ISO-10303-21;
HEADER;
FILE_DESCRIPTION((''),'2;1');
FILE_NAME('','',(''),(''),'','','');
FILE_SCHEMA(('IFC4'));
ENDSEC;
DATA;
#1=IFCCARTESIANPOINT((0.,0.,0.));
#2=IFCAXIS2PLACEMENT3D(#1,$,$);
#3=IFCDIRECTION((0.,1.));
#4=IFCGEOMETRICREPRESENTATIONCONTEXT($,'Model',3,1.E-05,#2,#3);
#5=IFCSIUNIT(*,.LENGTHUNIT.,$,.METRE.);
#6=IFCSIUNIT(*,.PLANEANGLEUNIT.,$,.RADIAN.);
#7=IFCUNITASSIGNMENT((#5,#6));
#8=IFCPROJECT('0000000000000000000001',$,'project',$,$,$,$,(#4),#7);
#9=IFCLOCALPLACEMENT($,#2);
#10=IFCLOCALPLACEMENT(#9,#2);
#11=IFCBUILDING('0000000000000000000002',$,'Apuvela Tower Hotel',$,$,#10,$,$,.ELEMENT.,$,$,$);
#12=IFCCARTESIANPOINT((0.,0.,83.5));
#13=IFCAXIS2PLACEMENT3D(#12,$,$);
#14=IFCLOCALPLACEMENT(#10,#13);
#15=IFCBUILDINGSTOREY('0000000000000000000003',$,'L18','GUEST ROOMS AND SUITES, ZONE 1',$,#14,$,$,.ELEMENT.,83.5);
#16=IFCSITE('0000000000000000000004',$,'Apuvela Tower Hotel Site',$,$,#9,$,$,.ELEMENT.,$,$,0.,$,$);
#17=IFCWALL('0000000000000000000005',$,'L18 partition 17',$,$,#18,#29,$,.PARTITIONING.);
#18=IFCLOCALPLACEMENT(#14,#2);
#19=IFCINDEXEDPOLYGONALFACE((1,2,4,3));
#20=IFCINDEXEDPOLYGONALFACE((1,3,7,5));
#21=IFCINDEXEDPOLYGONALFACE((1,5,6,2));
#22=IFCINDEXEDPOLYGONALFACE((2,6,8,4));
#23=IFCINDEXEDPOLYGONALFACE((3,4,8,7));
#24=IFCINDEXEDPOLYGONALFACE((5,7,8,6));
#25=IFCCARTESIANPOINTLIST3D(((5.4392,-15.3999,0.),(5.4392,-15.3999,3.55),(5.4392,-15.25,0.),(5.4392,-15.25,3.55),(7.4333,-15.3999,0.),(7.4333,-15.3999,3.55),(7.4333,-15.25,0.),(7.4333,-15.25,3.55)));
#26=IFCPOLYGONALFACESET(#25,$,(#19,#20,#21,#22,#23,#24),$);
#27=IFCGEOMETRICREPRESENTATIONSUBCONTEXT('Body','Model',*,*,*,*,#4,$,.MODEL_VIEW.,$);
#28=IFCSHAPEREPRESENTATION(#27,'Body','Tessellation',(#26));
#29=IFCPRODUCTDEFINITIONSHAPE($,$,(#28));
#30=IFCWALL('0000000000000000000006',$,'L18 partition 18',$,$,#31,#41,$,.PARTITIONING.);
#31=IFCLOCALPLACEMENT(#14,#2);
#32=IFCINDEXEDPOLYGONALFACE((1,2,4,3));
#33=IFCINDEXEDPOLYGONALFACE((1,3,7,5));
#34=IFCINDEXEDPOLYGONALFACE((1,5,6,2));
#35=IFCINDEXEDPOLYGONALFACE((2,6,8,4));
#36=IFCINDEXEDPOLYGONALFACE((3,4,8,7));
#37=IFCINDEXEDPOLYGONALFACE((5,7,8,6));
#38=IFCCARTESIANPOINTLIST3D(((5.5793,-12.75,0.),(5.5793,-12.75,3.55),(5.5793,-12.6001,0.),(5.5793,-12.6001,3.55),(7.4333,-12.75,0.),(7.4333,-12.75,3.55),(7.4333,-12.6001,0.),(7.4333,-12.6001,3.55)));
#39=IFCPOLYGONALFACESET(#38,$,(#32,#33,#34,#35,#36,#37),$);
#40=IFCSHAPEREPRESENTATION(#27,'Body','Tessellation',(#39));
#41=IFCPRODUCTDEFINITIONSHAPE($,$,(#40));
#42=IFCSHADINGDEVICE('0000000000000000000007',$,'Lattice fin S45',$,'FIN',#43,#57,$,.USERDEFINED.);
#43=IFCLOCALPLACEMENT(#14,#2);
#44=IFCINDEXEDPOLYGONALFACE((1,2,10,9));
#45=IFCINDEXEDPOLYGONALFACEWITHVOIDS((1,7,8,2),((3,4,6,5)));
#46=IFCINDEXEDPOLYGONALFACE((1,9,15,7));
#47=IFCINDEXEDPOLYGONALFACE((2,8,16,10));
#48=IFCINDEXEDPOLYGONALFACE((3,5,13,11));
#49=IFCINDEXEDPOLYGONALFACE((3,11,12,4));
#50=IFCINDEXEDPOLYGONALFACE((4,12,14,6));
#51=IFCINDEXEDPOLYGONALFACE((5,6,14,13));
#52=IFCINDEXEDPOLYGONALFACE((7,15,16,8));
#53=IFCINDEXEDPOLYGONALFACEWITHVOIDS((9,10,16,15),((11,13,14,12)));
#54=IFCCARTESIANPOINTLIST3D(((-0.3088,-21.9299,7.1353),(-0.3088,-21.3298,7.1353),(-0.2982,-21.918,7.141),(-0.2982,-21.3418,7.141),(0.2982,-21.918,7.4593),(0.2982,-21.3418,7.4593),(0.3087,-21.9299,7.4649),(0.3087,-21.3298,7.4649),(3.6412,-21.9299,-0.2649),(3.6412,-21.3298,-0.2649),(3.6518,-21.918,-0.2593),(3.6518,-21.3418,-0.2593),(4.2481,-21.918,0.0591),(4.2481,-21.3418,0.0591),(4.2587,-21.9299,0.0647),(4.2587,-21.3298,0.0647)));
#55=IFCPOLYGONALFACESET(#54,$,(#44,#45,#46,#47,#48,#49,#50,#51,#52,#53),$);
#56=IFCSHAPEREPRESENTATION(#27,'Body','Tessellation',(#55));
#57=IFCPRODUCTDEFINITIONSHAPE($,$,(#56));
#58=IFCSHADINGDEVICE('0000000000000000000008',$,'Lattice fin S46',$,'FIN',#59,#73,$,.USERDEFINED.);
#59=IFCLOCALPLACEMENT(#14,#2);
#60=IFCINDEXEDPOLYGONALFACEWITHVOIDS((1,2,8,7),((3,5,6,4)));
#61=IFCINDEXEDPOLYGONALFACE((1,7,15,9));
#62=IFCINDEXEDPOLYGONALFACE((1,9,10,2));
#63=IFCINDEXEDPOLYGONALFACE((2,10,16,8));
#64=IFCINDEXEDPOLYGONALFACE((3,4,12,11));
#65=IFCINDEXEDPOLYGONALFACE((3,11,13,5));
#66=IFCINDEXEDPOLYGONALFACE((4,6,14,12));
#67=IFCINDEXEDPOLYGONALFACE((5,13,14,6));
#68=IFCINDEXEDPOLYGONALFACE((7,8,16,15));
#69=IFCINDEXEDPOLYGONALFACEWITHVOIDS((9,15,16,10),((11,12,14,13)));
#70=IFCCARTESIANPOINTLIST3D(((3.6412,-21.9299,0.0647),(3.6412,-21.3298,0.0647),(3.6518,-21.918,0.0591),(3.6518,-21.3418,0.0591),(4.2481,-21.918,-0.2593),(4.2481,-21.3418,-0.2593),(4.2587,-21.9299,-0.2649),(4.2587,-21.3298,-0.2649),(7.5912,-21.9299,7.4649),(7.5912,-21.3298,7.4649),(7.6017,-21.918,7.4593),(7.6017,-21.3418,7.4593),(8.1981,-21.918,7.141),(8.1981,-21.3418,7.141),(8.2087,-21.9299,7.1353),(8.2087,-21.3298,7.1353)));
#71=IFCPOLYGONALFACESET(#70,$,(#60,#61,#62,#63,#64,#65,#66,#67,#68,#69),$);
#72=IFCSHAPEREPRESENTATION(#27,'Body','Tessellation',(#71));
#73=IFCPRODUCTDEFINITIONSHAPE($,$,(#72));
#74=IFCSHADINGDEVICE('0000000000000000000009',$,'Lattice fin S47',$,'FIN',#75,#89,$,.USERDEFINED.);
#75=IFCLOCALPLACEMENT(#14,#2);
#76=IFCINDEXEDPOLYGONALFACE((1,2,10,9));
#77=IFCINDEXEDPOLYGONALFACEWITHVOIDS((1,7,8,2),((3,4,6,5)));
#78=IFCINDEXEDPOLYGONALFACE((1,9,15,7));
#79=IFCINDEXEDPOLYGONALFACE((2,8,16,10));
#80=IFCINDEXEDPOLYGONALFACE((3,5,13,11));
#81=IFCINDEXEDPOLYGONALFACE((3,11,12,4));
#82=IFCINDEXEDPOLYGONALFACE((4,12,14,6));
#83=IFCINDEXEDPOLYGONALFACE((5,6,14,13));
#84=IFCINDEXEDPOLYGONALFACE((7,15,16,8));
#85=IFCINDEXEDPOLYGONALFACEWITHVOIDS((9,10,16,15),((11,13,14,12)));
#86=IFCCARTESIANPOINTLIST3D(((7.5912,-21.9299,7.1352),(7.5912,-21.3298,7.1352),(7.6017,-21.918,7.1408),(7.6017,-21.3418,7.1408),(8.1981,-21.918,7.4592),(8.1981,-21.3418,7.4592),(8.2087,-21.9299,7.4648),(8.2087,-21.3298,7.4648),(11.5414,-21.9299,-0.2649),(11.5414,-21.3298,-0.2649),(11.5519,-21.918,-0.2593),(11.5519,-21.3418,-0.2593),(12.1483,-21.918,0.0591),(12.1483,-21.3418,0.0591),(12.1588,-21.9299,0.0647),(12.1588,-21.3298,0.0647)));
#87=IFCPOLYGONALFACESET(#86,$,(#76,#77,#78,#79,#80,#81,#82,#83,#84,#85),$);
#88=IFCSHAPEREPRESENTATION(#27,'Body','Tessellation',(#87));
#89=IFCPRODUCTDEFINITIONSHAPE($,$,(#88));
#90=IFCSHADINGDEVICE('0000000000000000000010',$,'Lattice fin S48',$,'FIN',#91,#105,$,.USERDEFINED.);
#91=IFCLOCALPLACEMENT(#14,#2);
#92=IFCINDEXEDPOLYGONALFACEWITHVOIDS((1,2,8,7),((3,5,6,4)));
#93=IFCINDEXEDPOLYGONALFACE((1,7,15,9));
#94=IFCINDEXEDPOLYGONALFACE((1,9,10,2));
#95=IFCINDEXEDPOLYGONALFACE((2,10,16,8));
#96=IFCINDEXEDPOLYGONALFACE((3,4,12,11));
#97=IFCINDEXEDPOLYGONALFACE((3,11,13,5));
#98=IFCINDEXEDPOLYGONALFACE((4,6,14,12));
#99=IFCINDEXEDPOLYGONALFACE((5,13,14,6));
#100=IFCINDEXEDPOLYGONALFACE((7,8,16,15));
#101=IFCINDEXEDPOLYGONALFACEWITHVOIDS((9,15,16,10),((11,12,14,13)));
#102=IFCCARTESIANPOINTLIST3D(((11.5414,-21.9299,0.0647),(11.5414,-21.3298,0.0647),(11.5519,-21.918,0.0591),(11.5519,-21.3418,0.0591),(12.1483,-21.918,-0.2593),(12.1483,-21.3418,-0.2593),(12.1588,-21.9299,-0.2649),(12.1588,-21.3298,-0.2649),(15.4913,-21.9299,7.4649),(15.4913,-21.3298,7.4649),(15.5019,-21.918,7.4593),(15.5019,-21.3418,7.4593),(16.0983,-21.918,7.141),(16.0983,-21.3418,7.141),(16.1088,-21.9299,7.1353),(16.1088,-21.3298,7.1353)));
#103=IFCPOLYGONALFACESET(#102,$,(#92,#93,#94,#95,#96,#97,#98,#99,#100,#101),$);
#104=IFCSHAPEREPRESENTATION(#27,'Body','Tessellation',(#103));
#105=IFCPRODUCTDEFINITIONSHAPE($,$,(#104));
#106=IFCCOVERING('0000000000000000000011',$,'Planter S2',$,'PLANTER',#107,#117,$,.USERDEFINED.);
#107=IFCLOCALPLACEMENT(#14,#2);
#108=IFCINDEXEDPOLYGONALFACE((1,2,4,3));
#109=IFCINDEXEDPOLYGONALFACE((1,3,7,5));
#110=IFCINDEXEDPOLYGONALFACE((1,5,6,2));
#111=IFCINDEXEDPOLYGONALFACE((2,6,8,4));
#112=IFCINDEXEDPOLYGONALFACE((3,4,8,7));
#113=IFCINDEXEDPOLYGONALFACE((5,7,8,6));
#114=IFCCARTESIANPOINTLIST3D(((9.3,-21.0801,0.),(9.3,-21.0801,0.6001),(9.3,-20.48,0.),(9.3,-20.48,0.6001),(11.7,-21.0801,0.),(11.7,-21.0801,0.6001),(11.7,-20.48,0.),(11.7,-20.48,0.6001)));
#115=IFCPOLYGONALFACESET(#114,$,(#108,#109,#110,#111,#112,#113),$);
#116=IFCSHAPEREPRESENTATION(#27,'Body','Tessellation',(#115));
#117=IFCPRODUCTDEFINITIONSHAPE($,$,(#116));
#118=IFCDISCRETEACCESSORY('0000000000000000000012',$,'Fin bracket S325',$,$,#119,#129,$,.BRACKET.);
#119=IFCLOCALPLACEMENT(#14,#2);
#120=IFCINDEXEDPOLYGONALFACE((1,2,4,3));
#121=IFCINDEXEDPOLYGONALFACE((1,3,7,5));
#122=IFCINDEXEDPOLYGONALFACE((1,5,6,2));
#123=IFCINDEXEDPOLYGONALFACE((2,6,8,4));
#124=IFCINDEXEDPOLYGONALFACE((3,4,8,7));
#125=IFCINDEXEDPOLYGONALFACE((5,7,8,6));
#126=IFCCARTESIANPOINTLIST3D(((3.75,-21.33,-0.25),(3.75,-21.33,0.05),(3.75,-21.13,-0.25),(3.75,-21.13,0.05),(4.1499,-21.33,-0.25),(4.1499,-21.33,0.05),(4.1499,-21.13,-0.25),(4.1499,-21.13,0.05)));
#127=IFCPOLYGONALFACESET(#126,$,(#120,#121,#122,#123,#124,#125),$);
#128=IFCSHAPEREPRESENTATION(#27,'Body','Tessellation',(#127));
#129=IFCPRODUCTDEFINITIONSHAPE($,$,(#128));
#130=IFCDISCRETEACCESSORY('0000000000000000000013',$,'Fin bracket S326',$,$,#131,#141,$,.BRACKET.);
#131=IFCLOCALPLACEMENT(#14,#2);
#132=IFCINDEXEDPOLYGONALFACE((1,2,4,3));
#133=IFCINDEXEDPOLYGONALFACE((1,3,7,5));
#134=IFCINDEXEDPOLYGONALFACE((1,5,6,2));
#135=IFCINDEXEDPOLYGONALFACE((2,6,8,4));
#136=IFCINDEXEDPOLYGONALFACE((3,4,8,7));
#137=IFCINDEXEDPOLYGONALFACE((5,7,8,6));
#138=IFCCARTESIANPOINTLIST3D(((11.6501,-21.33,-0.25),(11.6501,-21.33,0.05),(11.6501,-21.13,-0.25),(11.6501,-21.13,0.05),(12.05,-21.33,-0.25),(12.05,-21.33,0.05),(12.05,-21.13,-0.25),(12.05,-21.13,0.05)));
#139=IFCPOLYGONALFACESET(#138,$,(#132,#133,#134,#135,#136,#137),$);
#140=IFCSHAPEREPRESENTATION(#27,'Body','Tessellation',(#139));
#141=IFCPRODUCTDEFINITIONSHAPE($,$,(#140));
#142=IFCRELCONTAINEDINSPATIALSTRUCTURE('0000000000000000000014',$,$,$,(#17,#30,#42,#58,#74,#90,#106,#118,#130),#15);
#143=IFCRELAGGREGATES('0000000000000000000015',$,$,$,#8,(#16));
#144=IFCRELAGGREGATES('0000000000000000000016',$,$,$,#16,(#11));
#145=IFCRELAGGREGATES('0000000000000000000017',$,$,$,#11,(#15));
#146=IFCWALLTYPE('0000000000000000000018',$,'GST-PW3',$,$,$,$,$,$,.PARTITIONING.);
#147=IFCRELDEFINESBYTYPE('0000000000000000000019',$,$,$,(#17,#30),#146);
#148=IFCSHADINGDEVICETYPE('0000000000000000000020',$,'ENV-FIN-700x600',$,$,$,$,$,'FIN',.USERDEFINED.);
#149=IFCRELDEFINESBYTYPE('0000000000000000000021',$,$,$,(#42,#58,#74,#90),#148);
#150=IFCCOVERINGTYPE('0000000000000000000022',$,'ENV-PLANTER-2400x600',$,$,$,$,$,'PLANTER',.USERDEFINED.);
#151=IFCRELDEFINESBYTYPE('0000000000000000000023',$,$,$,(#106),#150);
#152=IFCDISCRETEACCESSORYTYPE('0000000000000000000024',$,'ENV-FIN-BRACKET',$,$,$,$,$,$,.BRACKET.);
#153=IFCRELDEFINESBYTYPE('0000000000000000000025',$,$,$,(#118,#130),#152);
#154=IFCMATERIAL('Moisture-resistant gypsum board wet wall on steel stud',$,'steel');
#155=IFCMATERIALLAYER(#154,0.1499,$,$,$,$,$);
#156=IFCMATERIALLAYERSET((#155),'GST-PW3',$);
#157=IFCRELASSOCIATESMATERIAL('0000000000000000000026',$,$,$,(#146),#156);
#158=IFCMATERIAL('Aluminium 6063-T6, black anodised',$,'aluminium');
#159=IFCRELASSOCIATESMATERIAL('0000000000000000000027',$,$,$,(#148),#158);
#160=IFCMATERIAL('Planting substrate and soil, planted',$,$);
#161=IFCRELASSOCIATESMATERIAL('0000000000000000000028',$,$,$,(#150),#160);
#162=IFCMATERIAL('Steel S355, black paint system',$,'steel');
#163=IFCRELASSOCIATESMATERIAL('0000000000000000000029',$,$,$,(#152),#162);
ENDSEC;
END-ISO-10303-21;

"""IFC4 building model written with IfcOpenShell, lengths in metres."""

from ifc_helpers import new_model, si_unit, direction, frame, frame_2d, origin, origin_2d, place, context, subcontext, project, spatial, rectangle, hollow_rectangle, extrude, material, layer, layer_set, material_profile, profile_set, type_object, element, save


model = new_model("IFC4")

# Units and contexts
model_context = context("Model", 3, precision=1e-05, world=origin(), true_north=direction((0.0, 1.0)))
body_context = subcontext(model_context, "Body", "Model", "MODEL_VIEW")
ifc_project = project(units=[si_unit("LENGTHUNIT", "METRE"), si_unit("PLANEANGLEUNIT", "RADIAN")], contexts=[model_context])

# Site, building, storey
site_placement = place(None, origin())
site = spatial("IfcSite", under=ifc_project, at=site_placement, Name="Apuvela Tower Hotel Site", CompositionType="ELEMENT", RefElevation=0.0)
building_placement = place(site_placement, origin())
building = spatial("IfcBuilding", under=site, at=building_placement, Name="Apuvela Tower Hotel", CompositionType="ELEMENT")
storey_placement = place(building_placement, frame((0.0, 0.0, 83.5)))
storey = spatial("IfcBuildingStorey", under=building, at=storey_placement, Name="L18", Description="GUEST ROOMS AND SUITES, ZONE 1", CompositionType="ELEMENT", Elevation=83.5)

# Shared definitions
ifc_material_1 = material(Name="Moisture-resistant gypsum board wet wall on steel stud", Category="steel")
ifc_layer_1 = layer(ifc_material_1, 0.1499)
ifc_layer_set_1 = layer_set([ifc_layer_1], Name="GST-PW3")
wall_type_1 = type_object("IfcWallType", Name="GST-PW3", PredefinedType="PARTITIONING", material=ifc_layer_set_1)

# Walls
wall_1_placement = place(storey_placement, frame((5.4392, -15.325, 0.0), z_axis=(0.0, 0.0, 1.0), x_axis=(1.0, 0.0, 0.0)))
element("IfcWall", 1, at=wall_1_placement, inside=storey, type_object=wall_type_1, Name="L18 partition 17", PredefinedType="PARTITIONING", context=body_context, shape_type="SweptSolid", body=[
    extrude(rectangle(XDim=1.9941, YDim=0.1499, at=frame_2d((0.9971, 0.0))), origin(), (0.0, 0.0, 1.0), 3.55),
])
wall_2_placement = place(storey_placement, frame((5.5793, -12.675, 0.0), z_axis=(0.0, 0.0, 1.0), x_axis=(1.0, 0.0, 0.0)))
element("IfcWall", 2, at=wall_2_placement, inside=storey, type_object=wall_type_1, Name="L18 partition 18", PredefinedType="PARTITIONING", context=body_context, shape_type="SweptSolid", body=[
    extrude(rectangle(XDim=1.854, YDim=0.1499, at=frame_2d((0.927, 0.0))), origin(), (0.0, 0.0, 1.0), 3.55),
])

# Shading devices
ifc_material_2 = material(Name="Aluminium 6063-T6, black anodised", Category="aluminium")
ifc_material_profile_1 = material_profile(ifc_material_2, hollow_rectangle(XDim=0.6001, YDim=0.7, WallThickness=0.012, at=origin_2d()), Name="AL BOX 700x600x12")
ifc_profile_set_1 = profile_set([ifc_material_profile_1], Name="Aluminium 6063-T6, black anodised")
shading_device_type = type_object("IfcShadingDeviceType", Name="ENV-FIN-700x600", ElementType="FIN", PredefinedType="USERDEFINED", material=ifc_profile_set_1)
for number, where, z_axis, x_axis, name in (
    (3, (3.95, -21.6299, -0.1001), (-0.470886, 0.0, 0.882194), (0.0, -1.0, 0.0), "Lattice fin S45"),
    (4, (3.95, -21.6299, -0.1001), (0.470886, 0.0, 0.882194), (0.0, 1.0, 0.0), "Lattice fin S46"),
    (5, (11.8501, -21.6299, -0.1001), (-0.470908, 0.0, 0.882182), (0.0, -1.0, 0.0), "Lattice fin S47"),
    (6, (11.8501, -21.6299, -0.1001), (0.470886, 0.0, 0.882194), (0.0, 1.0, 0.0), "Lattice fin S48"),
):
    element("IfcShadingDevice", number, at=place(storey_placement, frame(where, z_axis=z_axis, x_axis=x_axis)), inside=storey, type_object=shading_device_type, Name=name, ObjectType="FIN", PredefinedType="USERDEFINED", context=body_context, shape_type="SweptSolid", body=[
        extrude(hollow_rectangle(XDim=0.6001, YDim=0.7, WallThickness=0.012, at=origin_2d()), origin(), (0.0, 0.0, 1.0), 8.3884),
    ])

# Covering
ifc_material_3 = material(Name="Planting substrate and soil, planted")
covering_type = type_object("IfcCoveringType", Name="ENV-PLANTER-2400x600", ElementType="PLANTER", PredefinedType="USERDEFINED", material=ifc_material_3)
covering_placement = place(storey_placement, frame((10.5, -20.78, 0.0), z_axis=(0.0, 0.0, 1.0), x_axis=(1.0, 0.0, 0.0)))
element("IfcCovering", 7, at=covering_placement, inside=storey, type_object=covering_type, Name="Planter S2", ObjectType="PLANTER", PredefinedType="USERDEFINED", context=body_context, shape_type="SweptSolid", body=[
    extrude(rectangle(XDim=2.3999, YDim=0.6001, at=origin_2d()), origin(), (0.0, 0.0, 1.0), 0.6001),
])

# Discrete accessories
ifc_material_4 = material(Name="Steel S355, black paint system", Category="steel")
discrete_accessory_type = type_object("IfcDiscreteAccessoryType", Name="ENV-FIN-BRACKET", PredefinedType="BRACKET", material=ifc_material_4)
for number, where, z_axis, x_axis, name in (
    (8, (3.95, -21.23, -0.25), (0.0, 0.0, 1.0), (1.0, 0.0, 0.0), "Fin bracket S325"),
    (9, (11.8501, -21.23, -0.25), (0.0, 0.0, 1.0), (1.0, 0.0, 0.0), "Fin bracket S326"),
):
    element("IfcDiscreteAccessory", number, at=place(storey_placement, frame(where, z_axis=z_axis, x_axis=x_axis)), inside=storey, type_object=discrete_accessory_type, Name=name, PredefinedType="BRACKET", context=body_context, shape_type="SweptSolid", body=[
        extrude(rectangle(XDim=0.3999, YDim=0.2, at=origin_2d()), origin(), (0.0, 0.0, 1.0), 0.3),
    ])

save(model, "model.ifc")
